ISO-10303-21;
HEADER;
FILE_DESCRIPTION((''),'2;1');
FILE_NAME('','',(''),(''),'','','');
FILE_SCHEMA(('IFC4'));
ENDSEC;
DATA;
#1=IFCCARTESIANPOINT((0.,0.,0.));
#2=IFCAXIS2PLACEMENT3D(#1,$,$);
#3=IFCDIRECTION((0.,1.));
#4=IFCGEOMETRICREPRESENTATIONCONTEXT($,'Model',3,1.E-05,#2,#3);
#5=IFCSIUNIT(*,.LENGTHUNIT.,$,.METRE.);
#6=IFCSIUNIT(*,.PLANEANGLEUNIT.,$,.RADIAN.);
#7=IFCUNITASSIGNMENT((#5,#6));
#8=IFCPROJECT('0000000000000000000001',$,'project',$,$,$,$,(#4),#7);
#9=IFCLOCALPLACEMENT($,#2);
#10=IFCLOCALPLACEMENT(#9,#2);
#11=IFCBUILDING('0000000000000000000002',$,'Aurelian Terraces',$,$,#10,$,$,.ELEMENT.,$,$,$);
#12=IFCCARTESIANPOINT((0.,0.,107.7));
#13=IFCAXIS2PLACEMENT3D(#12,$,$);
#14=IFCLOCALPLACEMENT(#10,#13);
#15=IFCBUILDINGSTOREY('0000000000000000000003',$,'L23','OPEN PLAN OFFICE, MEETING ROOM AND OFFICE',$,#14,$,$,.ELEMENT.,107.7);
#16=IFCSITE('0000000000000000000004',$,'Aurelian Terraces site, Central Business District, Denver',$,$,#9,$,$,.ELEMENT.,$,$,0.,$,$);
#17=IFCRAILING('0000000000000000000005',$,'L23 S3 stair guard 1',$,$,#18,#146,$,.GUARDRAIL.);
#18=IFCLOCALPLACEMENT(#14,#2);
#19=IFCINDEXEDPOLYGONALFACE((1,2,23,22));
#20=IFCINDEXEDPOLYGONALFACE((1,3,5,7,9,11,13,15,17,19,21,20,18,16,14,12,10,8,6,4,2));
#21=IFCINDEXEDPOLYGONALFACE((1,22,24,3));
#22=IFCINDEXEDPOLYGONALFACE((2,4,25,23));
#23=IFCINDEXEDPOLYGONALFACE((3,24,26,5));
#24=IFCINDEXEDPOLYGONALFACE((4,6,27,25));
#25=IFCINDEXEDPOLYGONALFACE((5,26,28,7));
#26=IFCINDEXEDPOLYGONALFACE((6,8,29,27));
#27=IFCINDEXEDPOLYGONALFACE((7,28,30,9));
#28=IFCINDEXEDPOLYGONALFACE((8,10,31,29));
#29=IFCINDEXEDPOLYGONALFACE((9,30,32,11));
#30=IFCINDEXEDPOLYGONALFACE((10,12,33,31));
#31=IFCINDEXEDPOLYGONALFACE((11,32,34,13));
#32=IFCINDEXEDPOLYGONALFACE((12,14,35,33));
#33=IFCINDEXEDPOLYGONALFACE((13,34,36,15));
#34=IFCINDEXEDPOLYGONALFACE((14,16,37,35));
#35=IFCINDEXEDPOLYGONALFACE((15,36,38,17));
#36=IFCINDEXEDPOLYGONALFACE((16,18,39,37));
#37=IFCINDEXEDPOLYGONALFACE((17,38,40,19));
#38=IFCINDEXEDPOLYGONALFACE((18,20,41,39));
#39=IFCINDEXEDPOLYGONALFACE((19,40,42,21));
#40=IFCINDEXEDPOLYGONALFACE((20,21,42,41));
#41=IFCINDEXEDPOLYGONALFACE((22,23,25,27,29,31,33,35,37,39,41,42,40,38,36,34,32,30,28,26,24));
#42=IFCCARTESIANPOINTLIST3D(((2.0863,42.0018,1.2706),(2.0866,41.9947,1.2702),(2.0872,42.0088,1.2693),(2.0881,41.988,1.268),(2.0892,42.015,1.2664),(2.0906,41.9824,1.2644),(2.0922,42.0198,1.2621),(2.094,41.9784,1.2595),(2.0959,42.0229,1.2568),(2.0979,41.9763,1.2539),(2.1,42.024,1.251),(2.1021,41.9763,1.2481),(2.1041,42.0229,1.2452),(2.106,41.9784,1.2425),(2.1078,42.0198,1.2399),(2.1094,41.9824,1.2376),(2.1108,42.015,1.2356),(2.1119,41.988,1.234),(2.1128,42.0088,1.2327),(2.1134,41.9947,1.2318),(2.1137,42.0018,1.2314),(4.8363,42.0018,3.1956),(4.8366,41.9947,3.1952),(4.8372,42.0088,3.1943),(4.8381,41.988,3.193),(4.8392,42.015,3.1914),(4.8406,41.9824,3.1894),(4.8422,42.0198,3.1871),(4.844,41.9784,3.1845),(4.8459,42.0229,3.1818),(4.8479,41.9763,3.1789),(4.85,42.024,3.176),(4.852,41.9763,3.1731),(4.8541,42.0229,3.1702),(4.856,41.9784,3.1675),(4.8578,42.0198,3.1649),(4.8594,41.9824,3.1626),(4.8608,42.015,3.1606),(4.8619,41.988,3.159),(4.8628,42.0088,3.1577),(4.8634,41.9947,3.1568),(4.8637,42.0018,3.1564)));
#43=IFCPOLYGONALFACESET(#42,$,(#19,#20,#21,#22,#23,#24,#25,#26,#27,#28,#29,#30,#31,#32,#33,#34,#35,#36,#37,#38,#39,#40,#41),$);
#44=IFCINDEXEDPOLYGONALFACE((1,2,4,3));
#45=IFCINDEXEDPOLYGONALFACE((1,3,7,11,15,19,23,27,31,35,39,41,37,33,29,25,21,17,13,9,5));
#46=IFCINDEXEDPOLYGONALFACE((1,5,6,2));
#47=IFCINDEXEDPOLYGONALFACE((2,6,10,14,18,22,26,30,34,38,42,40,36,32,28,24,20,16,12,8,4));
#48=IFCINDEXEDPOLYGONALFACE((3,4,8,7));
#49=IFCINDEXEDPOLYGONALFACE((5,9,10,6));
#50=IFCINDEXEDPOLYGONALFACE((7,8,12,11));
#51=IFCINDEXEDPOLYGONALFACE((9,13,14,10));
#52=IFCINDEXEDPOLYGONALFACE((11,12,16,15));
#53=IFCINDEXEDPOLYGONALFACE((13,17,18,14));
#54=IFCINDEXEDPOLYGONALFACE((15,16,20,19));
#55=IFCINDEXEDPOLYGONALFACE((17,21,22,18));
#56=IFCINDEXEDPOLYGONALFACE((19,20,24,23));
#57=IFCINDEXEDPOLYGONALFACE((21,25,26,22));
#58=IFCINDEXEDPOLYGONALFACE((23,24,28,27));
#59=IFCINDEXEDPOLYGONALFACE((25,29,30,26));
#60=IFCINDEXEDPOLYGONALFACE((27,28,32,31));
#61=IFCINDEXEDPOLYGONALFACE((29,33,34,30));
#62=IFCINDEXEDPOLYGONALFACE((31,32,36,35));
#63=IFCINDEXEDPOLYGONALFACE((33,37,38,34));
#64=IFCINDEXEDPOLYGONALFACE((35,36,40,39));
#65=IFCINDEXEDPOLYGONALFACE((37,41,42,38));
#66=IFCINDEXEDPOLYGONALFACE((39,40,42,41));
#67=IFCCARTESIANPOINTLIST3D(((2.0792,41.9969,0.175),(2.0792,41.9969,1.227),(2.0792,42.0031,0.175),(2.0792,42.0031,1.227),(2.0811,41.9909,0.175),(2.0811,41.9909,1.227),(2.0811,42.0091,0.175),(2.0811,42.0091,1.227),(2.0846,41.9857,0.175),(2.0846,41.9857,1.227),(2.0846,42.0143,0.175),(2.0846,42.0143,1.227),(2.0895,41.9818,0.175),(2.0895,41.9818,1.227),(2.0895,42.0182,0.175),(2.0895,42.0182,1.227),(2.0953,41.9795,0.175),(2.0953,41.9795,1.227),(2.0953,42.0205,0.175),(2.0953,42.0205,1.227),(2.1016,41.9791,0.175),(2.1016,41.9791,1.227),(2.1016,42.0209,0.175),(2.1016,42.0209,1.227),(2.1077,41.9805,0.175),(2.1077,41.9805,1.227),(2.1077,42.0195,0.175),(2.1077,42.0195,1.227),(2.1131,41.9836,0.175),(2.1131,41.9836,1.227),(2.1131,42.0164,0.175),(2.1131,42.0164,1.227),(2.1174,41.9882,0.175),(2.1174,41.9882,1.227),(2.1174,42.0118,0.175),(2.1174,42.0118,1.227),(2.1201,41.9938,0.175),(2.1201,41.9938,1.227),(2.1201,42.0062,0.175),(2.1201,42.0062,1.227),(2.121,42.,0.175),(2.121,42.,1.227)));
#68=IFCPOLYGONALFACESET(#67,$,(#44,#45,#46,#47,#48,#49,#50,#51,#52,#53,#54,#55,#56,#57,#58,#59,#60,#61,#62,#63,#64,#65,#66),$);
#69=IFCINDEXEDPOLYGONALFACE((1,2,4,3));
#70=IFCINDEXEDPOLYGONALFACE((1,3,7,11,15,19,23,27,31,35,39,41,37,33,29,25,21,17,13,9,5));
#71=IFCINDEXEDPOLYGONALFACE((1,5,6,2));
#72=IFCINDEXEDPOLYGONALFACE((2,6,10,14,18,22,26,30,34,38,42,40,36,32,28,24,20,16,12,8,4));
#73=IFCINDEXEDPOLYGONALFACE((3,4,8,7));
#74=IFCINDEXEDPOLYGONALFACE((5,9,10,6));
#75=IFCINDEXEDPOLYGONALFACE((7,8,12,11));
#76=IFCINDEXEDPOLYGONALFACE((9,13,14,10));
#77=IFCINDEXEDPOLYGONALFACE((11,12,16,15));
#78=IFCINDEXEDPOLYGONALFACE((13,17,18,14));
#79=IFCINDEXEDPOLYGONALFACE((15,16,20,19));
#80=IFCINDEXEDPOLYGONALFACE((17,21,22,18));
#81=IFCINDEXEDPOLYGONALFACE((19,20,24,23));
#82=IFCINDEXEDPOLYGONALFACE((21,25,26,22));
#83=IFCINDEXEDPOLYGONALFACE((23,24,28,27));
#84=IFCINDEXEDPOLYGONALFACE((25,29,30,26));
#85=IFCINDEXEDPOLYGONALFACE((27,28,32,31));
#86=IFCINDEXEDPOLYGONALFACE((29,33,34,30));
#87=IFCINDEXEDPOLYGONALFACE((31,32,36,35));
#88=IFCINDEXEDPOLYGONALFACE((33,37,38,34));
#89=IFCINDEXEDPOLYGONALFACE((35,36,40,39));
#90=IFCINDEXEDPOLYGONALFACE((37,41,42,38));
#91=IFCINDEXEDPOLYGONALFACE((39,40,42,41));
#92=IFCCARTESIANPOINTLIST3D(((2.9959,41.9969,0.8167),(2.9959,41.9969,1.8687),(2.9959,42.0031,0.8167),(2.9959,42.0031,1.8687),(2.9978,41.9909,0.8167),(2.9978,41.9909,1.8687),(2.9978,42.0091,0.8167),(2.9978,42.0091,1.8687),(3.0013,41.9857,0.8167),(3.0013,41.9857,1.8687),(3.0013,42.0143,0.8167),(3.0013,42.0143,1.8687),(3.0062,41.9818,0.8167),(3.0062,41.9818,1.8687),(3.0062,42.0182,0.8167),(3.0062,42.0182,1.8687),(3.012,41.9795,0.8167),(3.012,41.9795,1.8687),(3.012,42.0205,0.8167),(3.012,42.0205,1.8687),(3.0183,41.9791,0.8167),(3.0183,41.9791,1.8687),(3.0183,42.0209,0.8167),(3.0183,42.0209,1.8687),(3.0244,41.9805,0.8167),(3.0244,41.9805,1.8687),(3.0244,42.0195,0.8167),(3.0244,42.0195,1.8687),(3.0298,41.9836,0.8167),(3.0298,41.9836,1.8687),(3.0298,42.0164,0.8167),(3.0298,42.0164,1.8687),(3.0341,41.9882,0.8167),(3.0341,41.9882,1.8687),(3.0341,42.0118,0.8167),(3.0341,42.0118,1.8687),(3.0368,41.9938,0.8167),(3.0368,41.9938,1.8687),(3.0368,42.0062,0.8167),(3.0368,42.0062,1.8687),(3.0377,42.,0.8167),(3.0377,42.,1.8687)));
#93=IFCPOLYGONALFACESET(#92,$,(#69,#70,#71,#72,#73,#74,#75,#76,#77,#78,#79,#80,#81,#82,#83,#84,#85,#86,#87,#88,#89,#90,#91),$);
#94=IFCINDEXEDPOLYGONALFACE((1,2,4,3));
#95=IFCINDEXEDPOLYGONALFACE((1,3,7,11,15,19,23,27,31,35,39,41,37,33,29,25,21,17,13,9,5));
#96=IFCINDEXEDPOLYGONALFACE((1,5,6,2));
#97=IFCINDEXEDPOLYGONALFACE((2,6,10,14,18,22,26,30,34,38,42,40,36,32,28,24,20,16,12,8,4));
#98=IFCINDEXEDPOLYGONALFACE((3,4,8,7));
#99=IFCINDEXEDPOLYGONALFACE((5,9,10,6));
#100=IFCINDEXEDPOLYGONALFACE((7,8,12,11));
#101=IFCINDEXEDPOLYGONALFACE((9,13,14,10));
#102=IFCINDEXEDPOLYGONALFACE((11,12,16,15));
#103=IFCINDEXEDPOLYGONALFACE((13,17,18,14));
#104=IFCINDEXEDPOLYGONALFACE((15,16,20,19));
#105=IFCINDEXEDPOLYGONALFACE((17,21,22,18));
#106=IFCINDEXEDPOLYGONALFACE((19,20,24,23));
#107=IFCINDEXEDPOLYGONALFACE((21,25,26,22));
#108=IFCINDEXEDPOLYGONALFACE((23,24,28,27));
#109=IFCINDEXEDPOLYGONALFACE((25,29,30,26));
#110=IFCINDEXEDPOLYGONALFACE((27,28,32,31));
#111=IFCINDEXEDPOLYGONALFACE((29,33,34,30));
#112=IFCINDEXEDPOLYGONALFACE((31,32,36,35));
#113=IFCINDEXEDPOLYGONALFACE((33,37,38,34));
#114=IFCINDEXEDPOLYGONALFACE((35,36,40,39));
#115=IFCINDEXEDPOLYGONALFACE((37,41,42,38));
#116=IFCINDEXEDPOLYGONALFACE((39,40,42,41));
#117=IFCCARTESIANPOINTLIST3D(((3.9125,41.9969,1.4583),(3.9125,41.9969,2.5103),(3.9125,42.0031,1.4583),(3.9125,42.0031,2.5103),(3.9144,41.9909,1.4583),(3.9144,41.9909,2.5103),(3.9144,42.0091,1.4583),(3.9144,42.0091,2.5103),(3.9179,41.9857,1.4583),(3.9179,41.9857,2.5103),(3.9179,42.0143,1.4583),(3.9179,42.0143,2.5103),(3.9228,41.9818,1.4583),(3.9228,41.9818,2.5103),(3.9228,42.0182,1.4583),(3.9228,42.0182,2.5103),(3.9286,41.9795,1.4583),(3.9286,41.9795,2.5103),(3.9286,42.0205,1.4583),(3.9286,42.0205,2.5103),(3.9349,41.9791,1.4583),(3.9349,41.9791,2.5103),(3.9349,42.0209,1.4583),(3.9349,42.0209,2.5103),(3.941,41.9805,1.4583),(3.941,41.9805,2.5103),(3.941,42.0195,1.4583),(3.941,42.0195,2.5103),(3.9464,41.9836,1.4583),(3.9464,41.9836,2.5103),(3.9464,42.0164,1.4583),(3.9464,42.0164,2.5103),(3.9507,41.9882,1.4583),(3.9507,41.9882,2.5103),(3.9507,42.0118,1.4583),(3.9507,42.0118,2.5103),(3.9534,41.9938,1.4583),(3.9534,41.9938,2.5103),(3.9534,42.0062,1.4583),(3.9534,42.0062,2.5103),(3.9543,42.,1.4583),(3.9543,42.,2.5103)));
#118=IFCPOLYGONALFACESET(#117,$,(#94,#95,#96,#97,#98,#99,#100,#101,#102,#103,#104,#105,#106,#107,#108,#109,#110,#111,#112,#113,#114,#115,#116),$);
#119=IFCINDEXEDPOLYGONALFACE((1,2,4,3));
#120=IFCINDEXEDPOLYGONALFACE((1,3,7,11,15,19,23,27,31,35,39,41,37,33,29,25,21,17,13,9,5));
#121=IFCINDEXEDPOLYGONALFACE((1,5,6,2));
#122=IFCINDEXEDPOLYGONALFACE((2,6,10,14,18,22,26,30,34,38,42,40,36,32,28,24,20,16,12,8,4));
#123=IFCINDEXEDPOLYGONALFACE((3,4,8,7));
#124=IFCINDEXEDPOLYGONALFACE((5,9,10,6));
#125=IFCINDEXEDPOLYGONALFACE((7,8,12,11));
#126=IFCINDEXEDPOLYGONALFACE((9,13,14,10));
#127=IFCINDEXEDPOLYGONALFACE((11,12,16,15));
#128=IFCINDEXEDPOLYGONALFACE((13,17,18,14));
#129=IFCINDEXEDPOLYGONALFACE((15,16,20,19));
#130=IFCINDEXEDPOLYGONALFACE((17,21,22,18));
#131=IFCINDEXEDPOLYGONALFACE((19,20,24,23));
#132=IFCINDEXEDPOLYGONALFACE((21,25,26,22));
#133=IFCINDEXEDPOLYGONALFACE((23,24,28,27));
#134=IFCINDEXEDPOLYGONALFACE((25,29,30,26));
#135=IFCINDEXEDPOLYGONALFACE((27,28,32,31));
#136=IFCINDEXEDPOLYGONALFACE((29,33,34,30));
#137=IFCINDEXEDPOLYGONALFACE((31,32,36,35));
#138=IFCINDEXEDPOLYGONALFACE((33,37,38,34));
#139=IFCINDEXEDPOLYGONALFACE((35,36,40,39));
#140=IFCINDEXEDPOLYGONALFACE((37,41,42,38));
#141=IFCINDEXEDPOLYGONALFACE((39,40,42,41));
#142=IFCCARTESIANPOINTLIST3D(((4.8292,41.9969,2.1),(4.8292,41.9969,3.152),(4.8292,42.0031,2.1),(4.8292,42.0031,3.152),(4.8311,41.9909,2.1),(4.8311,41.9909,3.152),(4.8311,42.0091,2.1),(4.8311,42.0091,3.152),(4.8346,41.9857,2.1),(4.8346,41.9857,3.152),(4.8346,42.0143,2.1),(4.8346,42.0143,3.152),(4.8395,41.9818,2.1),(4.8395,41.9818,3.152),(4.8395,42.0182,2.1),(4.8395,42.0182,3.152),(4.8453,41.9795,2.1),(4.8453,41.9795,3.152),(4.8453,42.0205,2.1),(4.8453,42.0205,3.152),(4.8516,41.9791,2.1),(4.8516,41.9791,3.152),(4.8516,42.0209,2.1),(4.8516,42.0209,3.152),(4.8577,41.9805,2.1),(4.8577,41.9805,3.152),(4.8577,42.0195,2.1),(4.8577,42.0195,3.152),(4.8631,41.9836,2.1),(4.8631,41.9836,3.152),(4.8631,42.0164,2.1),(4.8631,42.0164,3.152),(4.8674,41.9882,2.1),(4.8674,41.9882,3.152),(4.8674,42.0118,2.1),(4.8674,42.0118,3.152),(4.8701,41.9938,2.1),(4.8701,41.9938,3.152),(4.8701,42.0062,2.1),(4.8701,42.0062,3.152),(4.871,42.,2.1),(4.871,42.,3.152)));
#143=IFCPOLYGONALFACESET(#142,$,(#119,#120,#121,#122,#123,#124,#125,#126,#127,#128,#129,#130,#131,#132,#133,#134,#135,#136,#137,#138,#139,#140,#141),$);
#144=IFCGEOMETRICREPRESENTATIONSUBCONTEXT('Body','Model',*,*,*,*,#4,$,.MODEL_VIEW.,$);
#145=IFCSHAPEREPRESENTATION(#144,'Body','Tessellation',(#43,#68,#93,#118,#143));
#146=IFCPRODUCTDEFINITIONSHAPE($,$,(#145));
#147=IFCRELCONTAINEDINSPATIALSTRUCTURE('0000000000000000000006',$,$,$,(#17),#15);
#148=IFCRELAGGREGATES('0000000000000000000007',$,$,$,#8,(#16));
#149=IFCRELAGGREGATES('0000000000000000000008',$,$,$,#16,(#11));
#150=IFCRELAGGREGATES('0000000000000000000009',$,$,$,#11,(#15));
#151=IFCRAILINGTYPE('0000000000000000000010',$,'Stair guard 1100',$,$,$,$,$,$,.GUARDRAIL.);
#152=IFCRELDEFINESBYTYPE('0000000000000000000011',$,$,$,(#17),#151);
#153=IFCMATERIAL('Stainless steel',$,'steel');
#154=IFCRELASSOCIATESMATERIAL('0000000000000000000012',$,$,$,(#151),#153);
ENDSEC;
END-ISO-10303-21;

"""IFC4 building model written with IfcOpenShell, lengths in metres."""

from ifc_helpers import new_model, si_unit, direction, frame, origin, origin_2d, place, context, subcontext, project, spatial, circle, extrude, source, transform, mapped, material, type_object, element, save


model = new_model("IFC4")

# Units and contexts
model_context = context("Model", 3, precision=1e-05, world=origin(), true_north=direction((0.0, 1.0)))
body_context = subcontext(model_context, "Body", "Model", "MODEL_VIEW")
ifc_project = project(units=[si_unit("LENGTHUNIT", "METRE"), si_unit("PLANEANGLEUNIT", "RADIAN")], contexts=[model_context])

# Site, building, storey
site_placement = place(None, origin())
site = spatial("IfcSite", under=ifc_project, at=site_placement, Name="Aurelian Terraces site, Central Business District, Denver", CompositionType="ELEMENT", RefElevation=0.0)
building_placement = place(site_placement, origin())
building = spatial("IfcBuilding", under=site, at=building_placement, Name="Aurelian Terraces", CompositionType="ELEMENT")
storey_placement = place(building_placement, frame((0.0, 0.0, 107.7)))
storey = spatial("IfcBuildingStorey", under=building, at=storey_placement, Name="L23", Description="OPEN PLAN OFFICE, MEETING ROOM AND OFFICE", CompositionType="ELEMENT", Elevation=107.7)

# Railing
ifc_material_1 = material(Name="Stainless steel", Category="steel")
railing_type_1 = type_object("IfcRailingType", Name="Stair guard 1100", PredefinedType="GUARDRAIL", material=ifc_material_1)
shared_shape_1 = source(origin(), body_context, "Body", "SweptSolid", [
    extrude(circle(Radius=0.024, at=origin_2d()), frame((0.0, 0.0, 1.076), z_axis=(0.819232, 0.0, 0.573462), x_axis=(0.0, 1.0, 0.0)), (0.0, 0.0, 1.0), 3.3568),
    extrude(circle(Radius=0.021, at=origin_2d()), origin(), (0.0, 0.0, 1.0), 1.052),
    extrude(circle(Radius=0.021, at=origin_2d()), frame((0.9167, 0.0, 0.6417)), (0.0, 0.0, 1.0), 1.052),
    extrude(circle(Radius=0.021, at=origin_2d()), frame((1.8333, 0.0, 1.2833)), (0.0, 0.0, 1.0), 1.052),
    extrude(circle(Radius=0.021, at=origin_2d()), frame((2.75, 0.0, 1.925)), (0.0, 0.0, 1.0), 1.052),
])
railing_1_placement = place(storey_placement, frame((2.1, 42.0, 0.175)))
element("IfcRailing", 1, at=railing_1_placement, inside=storey, type_object=railing_type_1, Name="L23 S3 stair guard 1", PredefinedType="GUARDRAIL", context=body_context, shape_type="MappedRepresentation", body=[
    mapped(shared_shape_1, transform((0.0, 0.0, 0.0), scale=1.0)),
])

save(model, "model.ifc")
